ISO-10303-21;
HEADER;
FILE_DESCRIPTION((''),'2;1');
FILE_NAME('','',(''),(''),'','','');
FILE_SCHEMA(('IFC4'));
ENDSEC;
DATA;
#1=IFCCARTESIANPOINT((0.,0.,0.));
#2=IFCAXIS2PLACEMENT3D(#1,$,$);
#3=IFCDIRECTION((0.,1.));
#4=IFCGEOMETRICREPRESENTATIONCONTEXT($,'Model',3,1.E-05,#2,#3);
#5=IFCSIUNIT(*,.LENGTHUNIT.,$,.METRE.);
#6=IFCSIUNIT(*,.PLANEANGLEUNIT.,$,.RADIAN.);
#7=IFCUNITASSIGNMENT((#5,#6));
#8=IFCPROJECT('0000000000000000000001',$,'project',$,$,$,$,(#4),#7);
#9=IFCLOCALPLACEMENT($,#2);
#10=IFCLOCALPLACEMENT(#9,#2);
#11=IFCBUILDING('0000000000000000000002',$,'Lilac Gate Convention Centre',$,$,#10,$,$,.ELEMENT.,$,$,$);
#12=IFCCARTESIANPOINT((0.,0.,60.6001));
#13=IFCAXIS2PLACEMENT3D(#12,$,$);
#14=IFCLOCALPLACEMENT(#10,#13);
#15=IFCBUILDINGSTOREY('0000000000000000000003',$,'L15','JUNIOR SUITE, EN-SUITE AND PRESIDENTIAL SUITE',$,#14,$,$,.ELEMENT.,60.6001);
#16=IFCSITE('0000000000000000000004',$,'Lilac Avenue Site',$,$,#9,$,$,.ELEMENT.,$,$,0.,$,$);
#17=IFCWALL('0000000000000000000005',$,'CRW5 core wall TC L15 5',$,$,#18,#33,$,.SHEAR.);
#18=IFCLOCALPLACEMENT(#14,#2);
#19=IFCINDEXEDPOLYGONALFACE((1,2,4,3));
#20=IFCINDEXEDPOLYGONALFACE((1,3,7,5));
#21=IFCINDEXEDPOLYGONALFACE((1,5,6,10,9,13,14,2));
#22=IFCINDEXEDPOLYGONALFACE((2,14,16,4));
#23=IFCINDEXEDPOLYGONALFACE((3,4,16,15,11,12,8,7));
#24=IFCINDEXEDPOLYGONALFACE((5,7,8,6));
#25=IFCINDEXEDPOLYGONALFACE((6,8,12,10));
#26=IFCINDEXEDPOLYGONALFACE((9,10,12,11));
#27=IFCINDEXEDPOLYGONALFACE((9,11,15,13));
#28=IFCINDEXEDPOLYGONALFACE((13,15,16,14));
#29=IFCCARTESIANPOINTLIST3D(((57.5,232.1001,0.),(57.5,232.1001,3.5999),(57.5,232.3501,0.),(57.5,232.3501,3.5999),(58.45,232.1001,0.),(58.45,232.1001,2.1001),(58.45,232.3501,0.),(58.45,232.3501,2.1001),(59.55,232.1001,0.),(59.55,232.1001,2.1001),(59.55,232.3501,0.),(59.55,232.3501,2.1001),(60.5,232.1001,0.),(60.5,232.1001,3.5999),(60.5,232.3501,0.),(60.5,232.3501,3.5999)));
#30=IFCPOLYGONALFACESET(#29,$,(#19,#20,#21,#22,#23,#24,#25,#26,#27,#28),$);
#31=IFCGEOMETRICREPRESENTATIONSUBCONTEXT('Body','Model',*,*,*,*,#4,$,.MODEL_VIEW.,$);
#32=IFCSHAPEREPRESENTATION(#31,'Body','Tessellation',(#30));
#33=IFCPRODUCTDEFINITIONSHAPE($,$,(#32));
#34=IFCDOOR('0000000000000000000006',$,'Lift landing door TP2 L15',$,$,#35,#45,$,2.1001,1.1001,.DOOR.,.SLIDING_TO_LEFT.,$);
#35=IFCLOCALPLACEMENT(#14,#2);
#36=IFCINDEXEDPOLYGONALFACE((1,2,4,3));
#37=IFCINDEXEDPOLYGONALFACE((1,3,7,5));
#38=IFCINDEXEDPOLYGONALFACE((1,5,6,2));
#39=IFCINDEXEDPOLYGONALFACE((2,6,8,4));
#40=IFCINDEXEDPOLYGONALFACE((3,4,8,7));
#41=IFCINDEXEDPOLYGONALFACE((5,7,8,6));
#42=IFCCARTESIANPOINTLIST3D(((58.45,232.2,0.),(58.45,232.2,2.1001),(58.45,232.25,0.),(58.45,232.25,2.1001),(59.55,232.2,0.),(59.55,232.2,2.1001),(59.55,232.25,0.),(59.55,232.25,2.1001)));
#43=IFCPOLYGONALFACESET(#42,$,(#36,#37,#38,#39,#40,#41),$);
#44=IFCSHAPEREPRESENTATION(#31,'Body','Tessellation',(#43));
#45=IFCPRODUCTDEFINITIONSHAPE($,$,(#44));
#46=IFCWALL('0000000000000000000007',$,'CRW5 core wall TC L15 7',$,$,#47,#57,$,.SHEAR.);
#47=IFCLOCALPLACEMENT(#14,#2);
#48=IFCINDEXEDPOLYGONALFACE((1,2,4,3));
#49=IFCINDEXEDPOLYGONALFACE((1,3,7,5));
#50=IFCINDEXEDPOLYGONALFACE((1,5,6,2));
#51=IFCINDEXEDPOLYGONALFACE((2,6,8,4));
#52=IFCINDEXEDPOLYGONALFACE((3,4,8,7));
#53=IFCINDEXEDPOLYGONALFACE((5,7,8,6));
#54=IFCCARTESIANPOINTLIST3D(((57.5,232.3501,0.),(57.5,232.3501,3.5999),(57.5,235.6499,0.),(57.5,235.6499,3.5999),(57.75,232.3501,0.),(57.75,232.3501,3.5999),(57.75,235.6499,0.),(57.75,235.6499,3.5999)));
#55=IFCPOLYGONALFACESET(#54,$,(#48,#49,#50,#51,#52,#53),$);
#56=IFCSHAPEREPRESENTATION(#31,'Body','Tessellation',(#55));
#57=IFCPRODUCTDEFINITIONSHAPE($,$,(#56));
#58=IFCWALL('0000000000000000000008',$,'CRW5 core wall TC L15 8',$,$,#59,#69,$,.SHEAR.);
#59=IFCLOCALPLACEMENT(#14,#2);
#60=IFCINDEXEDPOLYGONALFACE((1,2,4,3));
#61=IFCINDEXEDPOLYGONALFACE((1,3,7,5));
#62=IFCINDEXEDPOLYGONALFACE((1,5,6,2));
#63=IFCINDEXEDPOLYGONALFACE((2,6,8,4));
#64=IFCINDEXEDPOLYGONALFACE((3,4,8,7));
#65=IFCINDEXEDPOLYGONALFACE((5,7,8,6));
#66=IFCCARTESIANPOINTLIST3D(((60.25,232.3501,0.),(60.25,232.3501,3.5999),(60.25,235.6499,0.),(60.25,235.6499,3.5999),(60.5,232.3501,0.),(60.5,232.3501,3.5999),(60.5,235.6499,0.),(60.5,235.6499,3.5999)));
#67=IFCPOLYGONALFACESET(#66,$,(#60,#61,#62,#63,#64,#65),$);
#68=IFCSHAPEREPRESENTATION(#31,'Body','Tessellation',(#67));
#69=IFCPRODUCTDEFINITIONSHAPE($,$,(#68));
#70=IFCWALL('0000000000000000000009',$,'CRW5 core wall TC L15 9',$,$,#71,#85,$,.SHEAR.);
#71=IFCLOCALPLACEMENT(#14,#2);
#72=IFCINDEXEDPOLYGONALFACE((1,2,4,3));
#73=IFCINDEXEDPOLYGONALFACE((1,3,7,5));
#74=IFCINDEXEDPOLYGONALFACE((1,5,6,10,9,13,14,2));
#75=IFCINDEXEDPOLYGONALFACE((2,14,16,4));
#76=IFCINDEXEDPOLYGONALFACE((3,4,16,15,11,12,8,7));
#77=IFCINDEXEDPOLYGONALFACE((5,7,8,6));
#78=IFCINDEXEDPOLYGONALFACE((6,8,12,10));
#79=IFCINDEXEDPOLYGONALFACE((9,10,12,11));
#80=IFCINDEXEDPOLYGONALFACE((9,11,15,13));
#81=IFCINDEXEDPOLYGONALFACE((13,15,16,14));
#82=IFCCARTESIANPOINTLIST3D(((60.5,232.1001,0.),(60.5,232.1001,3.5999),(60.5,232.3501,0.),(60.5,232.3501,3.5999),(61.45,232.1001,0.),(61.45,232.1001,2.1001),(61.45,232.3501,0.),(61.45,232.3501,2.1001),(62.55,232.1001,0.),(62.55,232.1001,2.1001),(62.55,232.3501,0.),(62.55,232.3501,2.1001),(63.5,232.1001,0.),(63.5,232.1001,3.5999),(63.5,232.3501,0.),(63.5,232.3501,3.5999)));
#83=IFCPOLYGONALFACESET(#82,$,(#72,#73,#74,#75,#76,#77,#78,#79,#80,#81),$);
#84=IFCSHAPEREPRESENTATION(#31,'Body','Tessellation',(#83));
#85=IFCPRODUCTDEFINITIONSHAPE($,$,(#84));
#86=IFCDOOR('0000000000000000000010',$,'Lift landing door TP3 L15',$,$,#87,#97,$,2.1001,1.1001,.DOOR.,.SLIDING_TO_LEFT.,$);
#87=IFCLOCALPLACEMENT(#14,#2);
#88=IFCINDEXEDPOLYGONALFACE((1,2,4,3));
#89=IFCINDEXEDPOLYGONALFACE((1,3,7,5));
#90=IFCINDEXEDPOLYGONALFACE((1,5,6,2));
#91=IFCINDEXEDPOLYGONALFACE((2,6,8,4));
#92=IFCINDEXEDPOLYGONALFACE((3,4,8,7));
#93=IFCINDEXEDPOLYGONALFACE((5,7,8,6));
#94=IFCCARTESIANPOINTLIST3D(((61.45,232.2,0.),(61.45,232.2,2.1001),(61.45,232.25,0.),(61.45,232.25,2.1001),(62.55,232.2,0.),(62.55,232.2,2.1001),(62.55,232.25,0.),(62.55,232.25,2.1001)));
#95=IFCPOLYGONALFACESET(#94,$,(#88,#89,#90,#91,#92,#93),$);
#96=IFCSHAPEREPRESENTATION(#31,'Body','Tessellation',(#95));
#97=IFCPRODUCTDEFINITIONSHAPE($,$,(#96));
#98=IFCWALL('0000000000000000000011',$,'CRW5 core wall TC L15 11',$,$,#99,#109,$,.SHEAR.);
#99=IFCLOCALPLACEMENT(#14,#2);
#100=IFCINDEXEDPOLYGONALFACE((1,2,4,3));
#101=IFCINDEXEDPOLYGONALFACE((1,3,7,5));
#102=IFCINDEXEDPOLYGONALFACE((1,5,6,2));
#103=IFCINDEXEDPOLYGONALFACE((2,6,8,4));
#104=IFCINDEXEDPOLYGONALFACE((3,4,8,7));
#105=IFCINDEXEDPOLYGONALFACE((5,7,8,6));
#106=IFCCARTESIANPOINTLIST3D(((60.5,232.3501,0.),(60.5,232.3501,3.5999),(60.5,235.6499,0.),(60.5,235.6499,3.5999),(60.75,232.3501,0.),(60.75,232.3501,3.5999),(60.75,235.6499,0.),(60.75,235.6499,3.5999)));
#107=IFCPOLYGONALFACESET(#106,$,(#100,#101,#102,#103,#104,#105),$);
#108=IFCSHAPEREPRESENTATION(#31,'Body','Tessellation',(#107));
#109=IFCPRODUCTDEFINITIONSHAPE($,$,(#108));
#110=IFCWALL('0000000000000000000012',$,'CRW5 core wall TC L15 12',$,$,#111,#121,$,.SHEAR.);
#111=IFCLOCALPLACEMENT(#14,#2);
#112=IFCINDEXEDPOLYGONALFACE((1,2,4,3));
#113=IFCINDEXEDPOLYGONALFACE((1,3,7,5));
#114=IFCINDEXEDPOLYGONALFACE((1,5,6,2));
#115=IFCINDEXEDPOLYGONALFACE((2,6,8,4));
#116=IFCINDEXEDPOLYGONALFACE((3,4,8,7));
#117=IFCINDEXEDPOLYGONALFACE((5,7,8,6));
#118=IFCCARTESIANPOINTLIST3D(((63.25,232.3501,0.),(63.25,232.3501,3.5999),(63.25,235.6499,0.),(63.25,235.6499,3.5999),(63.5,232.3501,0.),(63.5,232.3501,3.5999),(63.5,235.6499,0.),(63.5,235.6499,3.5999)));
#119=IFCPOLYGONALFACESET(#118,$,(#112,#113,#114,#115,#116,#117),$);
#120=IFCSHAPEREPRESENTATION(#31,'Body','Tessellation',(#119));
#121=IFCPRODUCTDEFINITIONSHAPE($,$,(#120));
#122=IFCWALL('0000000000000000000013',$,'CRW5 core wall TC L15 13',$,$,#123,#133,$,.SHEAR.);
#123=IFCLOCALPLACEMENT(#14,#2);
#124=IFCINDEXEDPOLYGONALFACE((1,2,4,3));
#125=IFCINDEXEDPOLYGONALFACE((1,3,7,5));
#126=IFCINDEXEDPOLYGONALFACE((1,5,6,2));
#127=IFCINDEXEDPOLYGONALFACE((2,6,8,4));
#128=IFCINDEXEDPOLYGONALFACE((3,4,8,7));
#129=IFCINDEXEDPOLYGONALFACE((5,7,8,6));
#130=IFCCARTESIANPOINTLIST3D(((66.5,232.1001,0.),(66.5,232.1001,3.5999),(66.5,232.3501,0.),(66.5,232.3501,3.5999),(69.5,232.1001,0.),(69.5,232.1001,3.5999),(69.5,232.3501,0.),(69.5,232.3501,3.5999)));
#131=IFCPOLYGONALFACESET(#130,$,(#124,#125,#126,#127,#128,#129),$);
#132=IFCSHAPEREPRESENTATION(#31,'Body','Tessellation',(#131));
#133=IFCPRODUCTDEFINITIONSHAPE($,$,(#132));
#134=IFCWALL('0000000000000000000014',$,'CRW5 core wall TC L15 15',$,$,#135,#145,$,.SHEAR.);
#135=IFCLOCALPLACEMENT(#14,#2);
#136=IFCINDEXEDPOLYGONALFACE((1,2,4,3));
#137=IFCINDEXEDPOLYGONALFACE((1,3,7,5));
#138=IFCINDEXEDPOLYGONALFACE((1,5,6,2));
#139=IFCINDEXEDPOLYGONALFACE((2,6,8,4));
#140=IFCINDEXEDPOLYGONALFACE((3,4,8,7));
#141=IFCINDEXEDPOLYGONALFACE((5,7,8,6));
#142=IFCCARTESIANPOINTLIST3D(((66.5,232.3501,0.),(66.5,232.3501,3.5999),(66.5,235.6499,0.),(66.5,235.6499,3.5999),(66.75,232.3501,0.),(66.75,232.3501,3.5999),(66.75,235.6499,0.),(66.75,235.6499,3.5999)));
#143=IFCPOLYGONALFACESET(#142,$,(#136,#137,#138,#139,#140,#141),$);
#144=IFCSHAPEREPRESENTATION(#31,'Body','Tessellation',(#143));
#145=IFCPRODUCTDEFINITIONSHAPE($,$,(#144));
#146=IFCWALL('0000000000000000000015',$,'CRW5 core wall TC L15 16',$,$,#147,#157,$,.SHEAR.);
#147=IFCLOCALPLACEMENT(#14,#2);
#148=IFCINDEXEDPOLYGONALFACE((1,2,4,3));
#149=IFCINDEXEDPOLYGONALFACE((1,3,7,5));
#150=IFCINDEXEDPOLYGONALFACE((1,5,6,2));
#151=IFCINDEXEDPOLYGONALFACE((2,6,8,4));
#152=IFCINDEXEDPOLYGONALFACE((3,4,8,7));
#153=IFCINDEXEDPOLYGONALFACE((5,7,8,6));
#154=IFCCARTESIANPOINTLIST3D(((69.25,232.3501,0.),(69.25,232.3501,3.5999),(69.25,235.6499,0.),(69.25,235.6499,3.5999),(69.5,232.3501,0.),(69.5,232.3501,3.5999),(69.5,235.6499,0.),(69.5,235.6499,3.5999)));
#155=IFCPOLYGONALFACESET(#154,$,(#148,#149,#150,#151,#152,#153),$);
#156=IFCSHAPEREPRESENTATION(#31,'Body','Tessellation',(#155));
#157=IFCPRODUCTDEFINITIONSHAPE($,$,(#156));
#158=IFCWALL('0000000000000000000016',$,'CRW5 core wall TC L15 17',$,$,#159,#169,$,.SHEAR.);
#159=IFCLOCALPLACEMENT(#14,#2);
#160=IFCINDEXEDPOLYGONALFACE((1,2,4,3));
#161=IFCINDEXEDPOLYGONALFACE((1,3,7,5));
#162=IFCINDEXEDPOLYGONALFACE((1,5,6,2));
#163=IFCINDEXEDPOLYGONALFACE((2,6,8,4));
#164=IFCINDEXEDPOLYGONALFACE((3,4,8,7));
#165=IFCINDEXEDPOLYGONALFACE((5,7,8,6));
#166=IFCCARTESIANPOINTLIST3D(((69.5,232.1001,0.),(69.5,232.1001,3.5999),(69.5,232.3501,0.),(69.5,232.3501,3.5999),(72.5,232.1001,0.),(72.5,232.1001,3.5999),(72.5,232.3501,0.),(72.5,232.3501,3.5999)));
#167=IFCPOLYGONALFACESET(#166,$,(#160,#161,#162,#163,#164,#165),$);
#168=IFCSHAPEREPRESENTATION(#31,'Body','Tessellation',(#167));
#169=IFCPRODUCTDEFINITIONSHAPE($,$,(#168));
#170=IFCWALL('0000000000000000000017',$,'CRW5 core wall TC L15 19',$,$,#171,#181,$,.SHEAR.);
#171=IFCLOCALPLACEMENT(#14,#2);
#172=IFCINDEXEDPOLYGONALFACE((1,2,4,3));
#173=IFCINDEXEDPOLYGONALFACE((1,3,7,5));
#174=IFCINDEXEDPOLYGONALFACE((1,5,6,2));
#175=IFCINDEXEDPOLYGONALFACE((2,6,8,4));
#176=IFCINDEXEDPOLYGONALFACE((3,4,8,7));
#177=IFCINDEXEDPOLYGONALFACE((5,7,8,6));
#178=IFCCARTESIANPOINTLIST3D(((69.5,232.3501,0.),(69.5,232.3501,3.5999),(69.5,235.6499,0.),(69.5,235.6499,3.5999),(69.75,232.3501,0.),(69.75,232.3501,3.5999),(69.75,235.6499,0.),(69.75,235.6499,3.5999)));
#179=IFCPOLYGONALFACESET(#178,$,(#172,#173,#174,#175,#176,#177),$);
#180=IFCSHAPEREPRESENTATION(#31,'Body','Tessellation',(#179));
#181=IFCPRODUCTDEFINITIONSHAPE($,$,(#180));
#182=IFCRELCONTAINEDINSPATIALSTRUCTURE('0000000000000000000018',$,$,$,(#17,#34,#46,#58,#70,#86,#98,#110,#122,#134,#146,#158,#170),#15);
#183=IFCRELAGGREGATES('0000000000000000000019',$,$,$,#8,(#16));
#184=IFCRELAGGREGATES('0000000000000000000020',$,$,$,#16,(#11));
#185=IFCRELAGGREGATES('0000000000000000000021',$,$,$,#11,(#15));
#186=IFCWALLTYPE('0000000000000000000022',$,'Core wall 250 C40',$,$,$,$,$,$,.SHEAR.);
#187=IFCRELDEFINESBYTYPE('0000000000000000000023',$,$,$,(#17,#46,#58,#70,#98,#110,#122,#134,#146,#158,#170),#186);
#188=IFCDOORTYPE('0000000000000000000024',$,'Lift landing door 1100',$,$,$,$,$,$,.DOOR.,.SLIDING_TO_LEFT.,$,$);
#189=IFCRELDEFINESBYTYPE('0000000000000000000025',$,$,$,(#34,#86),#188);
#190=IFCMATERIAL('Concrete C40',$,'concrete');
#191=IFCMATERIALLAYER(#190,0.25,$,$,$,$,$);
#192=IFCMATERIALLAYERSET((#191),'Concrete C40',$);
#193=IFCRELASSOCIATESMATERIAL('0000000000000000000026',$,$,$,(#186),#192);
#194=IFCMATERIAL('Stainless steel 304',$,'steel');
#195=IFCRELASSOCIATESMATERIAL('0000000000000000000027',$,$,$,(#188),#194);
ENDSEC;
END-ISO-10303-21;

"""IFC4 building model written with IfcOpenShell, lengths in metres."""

from ifc_helpers import new_model, si_unit, direction, frame, frame_2d, origin, place, context, subcontext, project, spatial, rectangle, extrude, material, layer, layer_set, type_object, element, fill, save


model = new_model("IFC4")

# Units and contexts
model_context = context("Model", 3, precision=1e-05, world=origin(), true_north=direction((0.0, 1.0)))
body_context = subcontext(model_context, "Body", "Model", "MODEL_VIEW")
ifc_project = project(units=[si_unit("LENGTHUNIT", "METRE"), si_unit("PLANEANGLEUNIT", "RADIAN")], contexts=[model_context])

# Site, building, storey
site_placement = place(None, origin())
site = spatial("IfcSite", under=ifc_project, at=site_placement, Name="Lilac Avenue Site", CompositionType="ELEMENT", RefElevation=0.0)
building_placement = place(site_placement, origin())
building = spatial("IfcBuilding", under=site, at=building_placement, Name="Lilac Gate Convention Centre", CompositionType="ELEMENT")
storey_placement = place(building_placement, frame((0.0, 0.0, 60.6001)))
storey = spatial("IfcBuildingStorey", under=building, at=storey_placement, Name="L15", Description="JUNIOR SUITE, EN-SUITE AND PRESIDENTIAL SUITE", CompositionType="ELEMENT", Elevation=60.6001)

# Wall, opening, door
ifc_material_1 = material(Name="Concrete C40", Category="concrete")
ifc_layer_1 = layer(ifc_material_1, 0.25)
ifc_layer_set_1 = layer_set([ifc_layer_1], Name="Concrete C40")
wall_type_1 = type_object("IfcWallType", Name="Core wall 250 C40", PredefinedType="SHEAR", material=ifc_layer_set_1)
wall_1_placement = place(storey_placement, frame((57.5, 232.2251, 0.0), z_axis=(0.0, 0.0, 1.0), x_axis=(1.0, 0.0, 0.0)))
wall_1 = element("IfcWall", 1, at=wall_1_placement, inside=storey, type_object=wall_type_1, Name="CRW5 core wall TC L15 5", PredefinedType="SHEAR", context=body_context, shape_type="SweptSolid", body=[
    extrude(rectangle(XDim=3.0, YDim=0.25, at=frame_2d((1.5, 0.0))), origin(), (0.0, 0.0, 1.0), 3.5999),
])
opening_1_placement = place(wall_1_placement, frame((0.95, 0.0, 0.0)))
opening_1 = element("IfcOpeningElement", 2, at=opening_1_placement, cuts=wall_1, PredefinedType="OPENING", context=body_context, shape_type="SweptSolid", body=[
    extrude(rectangle(XDim=1.1001, YDim=2.1001, at=frame_2d((0.55, 1.05))), frame((0.0, 0.135, 0.0), z_axis=(0.0, -1.0, 0.0), x_axis=(1.0, 0.0, 0.0)), (0.0, 0.0, 1.0), 0.27),
])
ifc_material_2 = material(Name="Stainless steel 304", Category="steel")
door_type_1 = type_object("IfcDoorType", Name="Lift landing door 1100", OperationType="SLIDING_TO_LEFT", PredefinedType="DOOR", material=ifc_material_2)
door_1_placement = place(opening_1_placement, origin())
door_1 = element("IfcDoor", 3, at=door_1_placement, inside=storey, type_object=door_type_1, Name="Lift landing door TP2 L15", OperationType="SLIDING_TO_LEFT", OverallHeight=2.1001, OverallWidth=1.1001, PredefinedType="DOOR", context=body_context, shape_type="SweptSolid", body=[
    extrude(rectangle(XDim=1.1001, YDim=2.1001, at=frame_2d((0.55, 1.05))), frame((0.0, 0.0249, 0.0), z_axis=(0.0, -1.0, 0.0), x_axis=(1.0, 0.0, 0.0)), (0.0, 0.0, 1.0), 0.05),
])
fill(opening_1, door_1)

# Walls
for number, where, z_axis, x_axis, name in (
    (4, (57.625, 232.3501, 0.0), (0.0, 0.0, 1.0), (0.0, 1.0, 0.0), "CRW5 core wall TC L15 7"),
    (5, (60.375, 232.3501, 0.0), (0.0, 0.0, 1.0), (0.0, 1.0, 0.0), "CRW5 core wall TC L15 8"),
):
    element("IfcWall", number, at=place(storey_placement, frame(where, z_axis=z_axis, x_axis=x_axis)), inside=storey, type_object=wall_type_1, Name=name, PredefinedType="SHEAR", context=body_context, shape_type="SweptSolid", body=[
        extrude(rectangle(XDim=3.2998, YDim=0.25, at=frame_2d((1.6499, 0.0))), origin(), (0.0, 0.0, 1.0), 3.5999),
    ])

# Wall, opening, door
wall_2_placement = place(storey_placement, frame((60.5, 232.2251, 0.0), z_axis=(0.0, 0.0, 1.0), x_axis=(1.0, 0.0, 0.0)))
wall_2 = element("IfcWall", 6, at=wall_2_placement, inside=storey, type_object=wall_type_1, Name="CRW5 core wall TC L15 9", PredefinedType="SHEAR", context=body_context, shape_type="SweptSolid", body=[
    extrude(rectangle(XDim=3.0, YDim=0.25, at=frame_2d((1.5, 0.0))), origin(), (0.0, 0.0, 1.0), 3.5999),
])
opening_2_placement = place(wall_2_placement, frame((0.95, 0.0, 0.0)))
opening_2 = element("IfcOpeningElement", 7, at=opening_2_placement, cuts=wall_2, PredefinedType="OPENING", context=body_context, shape_type="SweptSolid", body=[
    extrude(rectangle(XDim=1.1001, YDim=2.1001, at=frame_2d((0.55, 1.05))), frame((0.0, 0.135, 0.0), z_axis=(0.0, -1.0, 0.0), x_axis=(1.0, 0.0, 0.0)), (0.0, 0.0, 1.0), 0.27),
])
door_2_placement = place(opening_2_placement, origin())
door_2 = element("IfcDoor", 8, at=door_2_placement, inside=storey, type_object=door_type_1, Name="Lift landing door TP3 L15", OperationType="SLIDING_TO_LEFT", OverallHeight=2.1001, OverallWidth=1.1001, PredefinedType="DOOR", context=body_context, shape_type="SweptSolid", body=[
    extrude(rectangle(XDim=1.1001, YDim=2.1001, at=frame_2d((0.55, 1.05))), frame((0.0, 0.0249, 0.0), z_axis=(0.0, -1.0, 0.0), x_axis=(1.0, 0.0, 0.0)), (0.0, 0.0, 1.0), 0.05),
])
fill(opening_2, door_2)

# Walls
for number, where, z_axis, x_axis, name in (
    (9, (60.625, 232.3501, 0.0), (0.0, 0.0, 1.0), (0.0, 1.0, 0.0), "CRW5 core wall TC L15 11"),
    (10, (63.375, 232.3501, 0.0), (0.0, 0.0, 1.0), (0.0, 1.0, 0.0), "CRW5 core wall TC L15 12"),
):
    element("IfcWall", number, at=place(storey_placement, frame(where, z_axis=z_axis, x_axis=x_axis)), inside=storey, type_object=wall_type_1, Name=name, PredefinedType="SHEAR", context=body_context, shape_type="SweptSolid", body=[
        extrude(rectangle(XDim=3.2998, YDim=0.25, at=frame_2d((1.6499, 0.0))), origin(), (0.0, 0.0, 1.0), 3.5999),
    ])
wall_3_placement = place(storey_placement, frame((66.5, 232.2251, 0.0), z_axis=(0.0, 0.0, 1.0), x_axis=(1.0, 0.0, 0.0)))
element("IfcWall", 11, at=wall_3_placement, inside=storey, type_object=wall_type_1, Name="CRW5 core wall TC L15 13", PredefinedType="SHEAR", context=body_context, shape_type="SweptSolid", body=[
    extrude(rectangle(XDim=3.0, YDim=0.25, at=frame_2d((1.5, 0.0))), origin(), (0.0, 0.0, 1.0), 3.5999),
])
for number, where, z_axis, x_axis, name in (
    (12, (66.625, 232.3501, 0.0), (0.0, 0.0, 1.0), (0.0, 1.0, 0.0), "CRW5 core wall TC L15 15"),
    (13, (69.375, 232.3501, 0.0), (0.0, 0.0, 1.0), (0.0, 1.0, 0.0), "CRW5 core wall TC L15 16"),
):
    element("IfcWall", number, at=place(storey_placement, frame(where, z_axis=z_axis, x_axis=x_axis)), inside=storey, type_object=wall_type_1, Name=name, PredefinedType="SHEAR", context=body_context, shape_type="SweptSolid", body=[
        extrude(rectangle(XDim=3.2998, YDim=0.25, at=frame_2d((1.6499, 0.0))), origin(), (0.0, 0.0, 1.0), 3.5999),
    ])
wall_4_placement = place(storey_placement, frame((69.5, 232.2251, 0.0), z_axis=(0.0, 0.0, 1.0), x_axis=(1.0, 0.0, 0.0)))
element("IfcWall", 14, at=wall_4_placement, inside=storey, type_object=wall_type_1, Name="CRW5 core wall TC L15 17", PredefinedType="SHEAR", context=body_context, shape_type="SweptSolid", body=[
    extrude(rectangle(XDim=3.0, YDim=0.25, at=frame_2d((1.5, 0.0))), origin(), (0.0, 0.0, 1.0), 3.5999),
])
wall_5_placement = place(storey_placement, frame((69.625, 232.3501, 0.0), z_axis=(0.0, 0.0, 1.0), x_axis=(0.0, 1.0, 0.0)))
element("IfcWall", 15, at=wall_5_placement, inside=storey, type_object=wall_type_1, Name="CRW5 core wall TC L15 19", PredefinedType="SHEAR", context=body_context, shape_type="SweptSolid", body=[
    extrude(rectangle(XDim=3.2998, YDim=0.25, at=frame_2d((1.6499, 0.0))), origin(), (0.0, 0.0, 1.0), 3.5999),
])

save(model, "model.ifc")
